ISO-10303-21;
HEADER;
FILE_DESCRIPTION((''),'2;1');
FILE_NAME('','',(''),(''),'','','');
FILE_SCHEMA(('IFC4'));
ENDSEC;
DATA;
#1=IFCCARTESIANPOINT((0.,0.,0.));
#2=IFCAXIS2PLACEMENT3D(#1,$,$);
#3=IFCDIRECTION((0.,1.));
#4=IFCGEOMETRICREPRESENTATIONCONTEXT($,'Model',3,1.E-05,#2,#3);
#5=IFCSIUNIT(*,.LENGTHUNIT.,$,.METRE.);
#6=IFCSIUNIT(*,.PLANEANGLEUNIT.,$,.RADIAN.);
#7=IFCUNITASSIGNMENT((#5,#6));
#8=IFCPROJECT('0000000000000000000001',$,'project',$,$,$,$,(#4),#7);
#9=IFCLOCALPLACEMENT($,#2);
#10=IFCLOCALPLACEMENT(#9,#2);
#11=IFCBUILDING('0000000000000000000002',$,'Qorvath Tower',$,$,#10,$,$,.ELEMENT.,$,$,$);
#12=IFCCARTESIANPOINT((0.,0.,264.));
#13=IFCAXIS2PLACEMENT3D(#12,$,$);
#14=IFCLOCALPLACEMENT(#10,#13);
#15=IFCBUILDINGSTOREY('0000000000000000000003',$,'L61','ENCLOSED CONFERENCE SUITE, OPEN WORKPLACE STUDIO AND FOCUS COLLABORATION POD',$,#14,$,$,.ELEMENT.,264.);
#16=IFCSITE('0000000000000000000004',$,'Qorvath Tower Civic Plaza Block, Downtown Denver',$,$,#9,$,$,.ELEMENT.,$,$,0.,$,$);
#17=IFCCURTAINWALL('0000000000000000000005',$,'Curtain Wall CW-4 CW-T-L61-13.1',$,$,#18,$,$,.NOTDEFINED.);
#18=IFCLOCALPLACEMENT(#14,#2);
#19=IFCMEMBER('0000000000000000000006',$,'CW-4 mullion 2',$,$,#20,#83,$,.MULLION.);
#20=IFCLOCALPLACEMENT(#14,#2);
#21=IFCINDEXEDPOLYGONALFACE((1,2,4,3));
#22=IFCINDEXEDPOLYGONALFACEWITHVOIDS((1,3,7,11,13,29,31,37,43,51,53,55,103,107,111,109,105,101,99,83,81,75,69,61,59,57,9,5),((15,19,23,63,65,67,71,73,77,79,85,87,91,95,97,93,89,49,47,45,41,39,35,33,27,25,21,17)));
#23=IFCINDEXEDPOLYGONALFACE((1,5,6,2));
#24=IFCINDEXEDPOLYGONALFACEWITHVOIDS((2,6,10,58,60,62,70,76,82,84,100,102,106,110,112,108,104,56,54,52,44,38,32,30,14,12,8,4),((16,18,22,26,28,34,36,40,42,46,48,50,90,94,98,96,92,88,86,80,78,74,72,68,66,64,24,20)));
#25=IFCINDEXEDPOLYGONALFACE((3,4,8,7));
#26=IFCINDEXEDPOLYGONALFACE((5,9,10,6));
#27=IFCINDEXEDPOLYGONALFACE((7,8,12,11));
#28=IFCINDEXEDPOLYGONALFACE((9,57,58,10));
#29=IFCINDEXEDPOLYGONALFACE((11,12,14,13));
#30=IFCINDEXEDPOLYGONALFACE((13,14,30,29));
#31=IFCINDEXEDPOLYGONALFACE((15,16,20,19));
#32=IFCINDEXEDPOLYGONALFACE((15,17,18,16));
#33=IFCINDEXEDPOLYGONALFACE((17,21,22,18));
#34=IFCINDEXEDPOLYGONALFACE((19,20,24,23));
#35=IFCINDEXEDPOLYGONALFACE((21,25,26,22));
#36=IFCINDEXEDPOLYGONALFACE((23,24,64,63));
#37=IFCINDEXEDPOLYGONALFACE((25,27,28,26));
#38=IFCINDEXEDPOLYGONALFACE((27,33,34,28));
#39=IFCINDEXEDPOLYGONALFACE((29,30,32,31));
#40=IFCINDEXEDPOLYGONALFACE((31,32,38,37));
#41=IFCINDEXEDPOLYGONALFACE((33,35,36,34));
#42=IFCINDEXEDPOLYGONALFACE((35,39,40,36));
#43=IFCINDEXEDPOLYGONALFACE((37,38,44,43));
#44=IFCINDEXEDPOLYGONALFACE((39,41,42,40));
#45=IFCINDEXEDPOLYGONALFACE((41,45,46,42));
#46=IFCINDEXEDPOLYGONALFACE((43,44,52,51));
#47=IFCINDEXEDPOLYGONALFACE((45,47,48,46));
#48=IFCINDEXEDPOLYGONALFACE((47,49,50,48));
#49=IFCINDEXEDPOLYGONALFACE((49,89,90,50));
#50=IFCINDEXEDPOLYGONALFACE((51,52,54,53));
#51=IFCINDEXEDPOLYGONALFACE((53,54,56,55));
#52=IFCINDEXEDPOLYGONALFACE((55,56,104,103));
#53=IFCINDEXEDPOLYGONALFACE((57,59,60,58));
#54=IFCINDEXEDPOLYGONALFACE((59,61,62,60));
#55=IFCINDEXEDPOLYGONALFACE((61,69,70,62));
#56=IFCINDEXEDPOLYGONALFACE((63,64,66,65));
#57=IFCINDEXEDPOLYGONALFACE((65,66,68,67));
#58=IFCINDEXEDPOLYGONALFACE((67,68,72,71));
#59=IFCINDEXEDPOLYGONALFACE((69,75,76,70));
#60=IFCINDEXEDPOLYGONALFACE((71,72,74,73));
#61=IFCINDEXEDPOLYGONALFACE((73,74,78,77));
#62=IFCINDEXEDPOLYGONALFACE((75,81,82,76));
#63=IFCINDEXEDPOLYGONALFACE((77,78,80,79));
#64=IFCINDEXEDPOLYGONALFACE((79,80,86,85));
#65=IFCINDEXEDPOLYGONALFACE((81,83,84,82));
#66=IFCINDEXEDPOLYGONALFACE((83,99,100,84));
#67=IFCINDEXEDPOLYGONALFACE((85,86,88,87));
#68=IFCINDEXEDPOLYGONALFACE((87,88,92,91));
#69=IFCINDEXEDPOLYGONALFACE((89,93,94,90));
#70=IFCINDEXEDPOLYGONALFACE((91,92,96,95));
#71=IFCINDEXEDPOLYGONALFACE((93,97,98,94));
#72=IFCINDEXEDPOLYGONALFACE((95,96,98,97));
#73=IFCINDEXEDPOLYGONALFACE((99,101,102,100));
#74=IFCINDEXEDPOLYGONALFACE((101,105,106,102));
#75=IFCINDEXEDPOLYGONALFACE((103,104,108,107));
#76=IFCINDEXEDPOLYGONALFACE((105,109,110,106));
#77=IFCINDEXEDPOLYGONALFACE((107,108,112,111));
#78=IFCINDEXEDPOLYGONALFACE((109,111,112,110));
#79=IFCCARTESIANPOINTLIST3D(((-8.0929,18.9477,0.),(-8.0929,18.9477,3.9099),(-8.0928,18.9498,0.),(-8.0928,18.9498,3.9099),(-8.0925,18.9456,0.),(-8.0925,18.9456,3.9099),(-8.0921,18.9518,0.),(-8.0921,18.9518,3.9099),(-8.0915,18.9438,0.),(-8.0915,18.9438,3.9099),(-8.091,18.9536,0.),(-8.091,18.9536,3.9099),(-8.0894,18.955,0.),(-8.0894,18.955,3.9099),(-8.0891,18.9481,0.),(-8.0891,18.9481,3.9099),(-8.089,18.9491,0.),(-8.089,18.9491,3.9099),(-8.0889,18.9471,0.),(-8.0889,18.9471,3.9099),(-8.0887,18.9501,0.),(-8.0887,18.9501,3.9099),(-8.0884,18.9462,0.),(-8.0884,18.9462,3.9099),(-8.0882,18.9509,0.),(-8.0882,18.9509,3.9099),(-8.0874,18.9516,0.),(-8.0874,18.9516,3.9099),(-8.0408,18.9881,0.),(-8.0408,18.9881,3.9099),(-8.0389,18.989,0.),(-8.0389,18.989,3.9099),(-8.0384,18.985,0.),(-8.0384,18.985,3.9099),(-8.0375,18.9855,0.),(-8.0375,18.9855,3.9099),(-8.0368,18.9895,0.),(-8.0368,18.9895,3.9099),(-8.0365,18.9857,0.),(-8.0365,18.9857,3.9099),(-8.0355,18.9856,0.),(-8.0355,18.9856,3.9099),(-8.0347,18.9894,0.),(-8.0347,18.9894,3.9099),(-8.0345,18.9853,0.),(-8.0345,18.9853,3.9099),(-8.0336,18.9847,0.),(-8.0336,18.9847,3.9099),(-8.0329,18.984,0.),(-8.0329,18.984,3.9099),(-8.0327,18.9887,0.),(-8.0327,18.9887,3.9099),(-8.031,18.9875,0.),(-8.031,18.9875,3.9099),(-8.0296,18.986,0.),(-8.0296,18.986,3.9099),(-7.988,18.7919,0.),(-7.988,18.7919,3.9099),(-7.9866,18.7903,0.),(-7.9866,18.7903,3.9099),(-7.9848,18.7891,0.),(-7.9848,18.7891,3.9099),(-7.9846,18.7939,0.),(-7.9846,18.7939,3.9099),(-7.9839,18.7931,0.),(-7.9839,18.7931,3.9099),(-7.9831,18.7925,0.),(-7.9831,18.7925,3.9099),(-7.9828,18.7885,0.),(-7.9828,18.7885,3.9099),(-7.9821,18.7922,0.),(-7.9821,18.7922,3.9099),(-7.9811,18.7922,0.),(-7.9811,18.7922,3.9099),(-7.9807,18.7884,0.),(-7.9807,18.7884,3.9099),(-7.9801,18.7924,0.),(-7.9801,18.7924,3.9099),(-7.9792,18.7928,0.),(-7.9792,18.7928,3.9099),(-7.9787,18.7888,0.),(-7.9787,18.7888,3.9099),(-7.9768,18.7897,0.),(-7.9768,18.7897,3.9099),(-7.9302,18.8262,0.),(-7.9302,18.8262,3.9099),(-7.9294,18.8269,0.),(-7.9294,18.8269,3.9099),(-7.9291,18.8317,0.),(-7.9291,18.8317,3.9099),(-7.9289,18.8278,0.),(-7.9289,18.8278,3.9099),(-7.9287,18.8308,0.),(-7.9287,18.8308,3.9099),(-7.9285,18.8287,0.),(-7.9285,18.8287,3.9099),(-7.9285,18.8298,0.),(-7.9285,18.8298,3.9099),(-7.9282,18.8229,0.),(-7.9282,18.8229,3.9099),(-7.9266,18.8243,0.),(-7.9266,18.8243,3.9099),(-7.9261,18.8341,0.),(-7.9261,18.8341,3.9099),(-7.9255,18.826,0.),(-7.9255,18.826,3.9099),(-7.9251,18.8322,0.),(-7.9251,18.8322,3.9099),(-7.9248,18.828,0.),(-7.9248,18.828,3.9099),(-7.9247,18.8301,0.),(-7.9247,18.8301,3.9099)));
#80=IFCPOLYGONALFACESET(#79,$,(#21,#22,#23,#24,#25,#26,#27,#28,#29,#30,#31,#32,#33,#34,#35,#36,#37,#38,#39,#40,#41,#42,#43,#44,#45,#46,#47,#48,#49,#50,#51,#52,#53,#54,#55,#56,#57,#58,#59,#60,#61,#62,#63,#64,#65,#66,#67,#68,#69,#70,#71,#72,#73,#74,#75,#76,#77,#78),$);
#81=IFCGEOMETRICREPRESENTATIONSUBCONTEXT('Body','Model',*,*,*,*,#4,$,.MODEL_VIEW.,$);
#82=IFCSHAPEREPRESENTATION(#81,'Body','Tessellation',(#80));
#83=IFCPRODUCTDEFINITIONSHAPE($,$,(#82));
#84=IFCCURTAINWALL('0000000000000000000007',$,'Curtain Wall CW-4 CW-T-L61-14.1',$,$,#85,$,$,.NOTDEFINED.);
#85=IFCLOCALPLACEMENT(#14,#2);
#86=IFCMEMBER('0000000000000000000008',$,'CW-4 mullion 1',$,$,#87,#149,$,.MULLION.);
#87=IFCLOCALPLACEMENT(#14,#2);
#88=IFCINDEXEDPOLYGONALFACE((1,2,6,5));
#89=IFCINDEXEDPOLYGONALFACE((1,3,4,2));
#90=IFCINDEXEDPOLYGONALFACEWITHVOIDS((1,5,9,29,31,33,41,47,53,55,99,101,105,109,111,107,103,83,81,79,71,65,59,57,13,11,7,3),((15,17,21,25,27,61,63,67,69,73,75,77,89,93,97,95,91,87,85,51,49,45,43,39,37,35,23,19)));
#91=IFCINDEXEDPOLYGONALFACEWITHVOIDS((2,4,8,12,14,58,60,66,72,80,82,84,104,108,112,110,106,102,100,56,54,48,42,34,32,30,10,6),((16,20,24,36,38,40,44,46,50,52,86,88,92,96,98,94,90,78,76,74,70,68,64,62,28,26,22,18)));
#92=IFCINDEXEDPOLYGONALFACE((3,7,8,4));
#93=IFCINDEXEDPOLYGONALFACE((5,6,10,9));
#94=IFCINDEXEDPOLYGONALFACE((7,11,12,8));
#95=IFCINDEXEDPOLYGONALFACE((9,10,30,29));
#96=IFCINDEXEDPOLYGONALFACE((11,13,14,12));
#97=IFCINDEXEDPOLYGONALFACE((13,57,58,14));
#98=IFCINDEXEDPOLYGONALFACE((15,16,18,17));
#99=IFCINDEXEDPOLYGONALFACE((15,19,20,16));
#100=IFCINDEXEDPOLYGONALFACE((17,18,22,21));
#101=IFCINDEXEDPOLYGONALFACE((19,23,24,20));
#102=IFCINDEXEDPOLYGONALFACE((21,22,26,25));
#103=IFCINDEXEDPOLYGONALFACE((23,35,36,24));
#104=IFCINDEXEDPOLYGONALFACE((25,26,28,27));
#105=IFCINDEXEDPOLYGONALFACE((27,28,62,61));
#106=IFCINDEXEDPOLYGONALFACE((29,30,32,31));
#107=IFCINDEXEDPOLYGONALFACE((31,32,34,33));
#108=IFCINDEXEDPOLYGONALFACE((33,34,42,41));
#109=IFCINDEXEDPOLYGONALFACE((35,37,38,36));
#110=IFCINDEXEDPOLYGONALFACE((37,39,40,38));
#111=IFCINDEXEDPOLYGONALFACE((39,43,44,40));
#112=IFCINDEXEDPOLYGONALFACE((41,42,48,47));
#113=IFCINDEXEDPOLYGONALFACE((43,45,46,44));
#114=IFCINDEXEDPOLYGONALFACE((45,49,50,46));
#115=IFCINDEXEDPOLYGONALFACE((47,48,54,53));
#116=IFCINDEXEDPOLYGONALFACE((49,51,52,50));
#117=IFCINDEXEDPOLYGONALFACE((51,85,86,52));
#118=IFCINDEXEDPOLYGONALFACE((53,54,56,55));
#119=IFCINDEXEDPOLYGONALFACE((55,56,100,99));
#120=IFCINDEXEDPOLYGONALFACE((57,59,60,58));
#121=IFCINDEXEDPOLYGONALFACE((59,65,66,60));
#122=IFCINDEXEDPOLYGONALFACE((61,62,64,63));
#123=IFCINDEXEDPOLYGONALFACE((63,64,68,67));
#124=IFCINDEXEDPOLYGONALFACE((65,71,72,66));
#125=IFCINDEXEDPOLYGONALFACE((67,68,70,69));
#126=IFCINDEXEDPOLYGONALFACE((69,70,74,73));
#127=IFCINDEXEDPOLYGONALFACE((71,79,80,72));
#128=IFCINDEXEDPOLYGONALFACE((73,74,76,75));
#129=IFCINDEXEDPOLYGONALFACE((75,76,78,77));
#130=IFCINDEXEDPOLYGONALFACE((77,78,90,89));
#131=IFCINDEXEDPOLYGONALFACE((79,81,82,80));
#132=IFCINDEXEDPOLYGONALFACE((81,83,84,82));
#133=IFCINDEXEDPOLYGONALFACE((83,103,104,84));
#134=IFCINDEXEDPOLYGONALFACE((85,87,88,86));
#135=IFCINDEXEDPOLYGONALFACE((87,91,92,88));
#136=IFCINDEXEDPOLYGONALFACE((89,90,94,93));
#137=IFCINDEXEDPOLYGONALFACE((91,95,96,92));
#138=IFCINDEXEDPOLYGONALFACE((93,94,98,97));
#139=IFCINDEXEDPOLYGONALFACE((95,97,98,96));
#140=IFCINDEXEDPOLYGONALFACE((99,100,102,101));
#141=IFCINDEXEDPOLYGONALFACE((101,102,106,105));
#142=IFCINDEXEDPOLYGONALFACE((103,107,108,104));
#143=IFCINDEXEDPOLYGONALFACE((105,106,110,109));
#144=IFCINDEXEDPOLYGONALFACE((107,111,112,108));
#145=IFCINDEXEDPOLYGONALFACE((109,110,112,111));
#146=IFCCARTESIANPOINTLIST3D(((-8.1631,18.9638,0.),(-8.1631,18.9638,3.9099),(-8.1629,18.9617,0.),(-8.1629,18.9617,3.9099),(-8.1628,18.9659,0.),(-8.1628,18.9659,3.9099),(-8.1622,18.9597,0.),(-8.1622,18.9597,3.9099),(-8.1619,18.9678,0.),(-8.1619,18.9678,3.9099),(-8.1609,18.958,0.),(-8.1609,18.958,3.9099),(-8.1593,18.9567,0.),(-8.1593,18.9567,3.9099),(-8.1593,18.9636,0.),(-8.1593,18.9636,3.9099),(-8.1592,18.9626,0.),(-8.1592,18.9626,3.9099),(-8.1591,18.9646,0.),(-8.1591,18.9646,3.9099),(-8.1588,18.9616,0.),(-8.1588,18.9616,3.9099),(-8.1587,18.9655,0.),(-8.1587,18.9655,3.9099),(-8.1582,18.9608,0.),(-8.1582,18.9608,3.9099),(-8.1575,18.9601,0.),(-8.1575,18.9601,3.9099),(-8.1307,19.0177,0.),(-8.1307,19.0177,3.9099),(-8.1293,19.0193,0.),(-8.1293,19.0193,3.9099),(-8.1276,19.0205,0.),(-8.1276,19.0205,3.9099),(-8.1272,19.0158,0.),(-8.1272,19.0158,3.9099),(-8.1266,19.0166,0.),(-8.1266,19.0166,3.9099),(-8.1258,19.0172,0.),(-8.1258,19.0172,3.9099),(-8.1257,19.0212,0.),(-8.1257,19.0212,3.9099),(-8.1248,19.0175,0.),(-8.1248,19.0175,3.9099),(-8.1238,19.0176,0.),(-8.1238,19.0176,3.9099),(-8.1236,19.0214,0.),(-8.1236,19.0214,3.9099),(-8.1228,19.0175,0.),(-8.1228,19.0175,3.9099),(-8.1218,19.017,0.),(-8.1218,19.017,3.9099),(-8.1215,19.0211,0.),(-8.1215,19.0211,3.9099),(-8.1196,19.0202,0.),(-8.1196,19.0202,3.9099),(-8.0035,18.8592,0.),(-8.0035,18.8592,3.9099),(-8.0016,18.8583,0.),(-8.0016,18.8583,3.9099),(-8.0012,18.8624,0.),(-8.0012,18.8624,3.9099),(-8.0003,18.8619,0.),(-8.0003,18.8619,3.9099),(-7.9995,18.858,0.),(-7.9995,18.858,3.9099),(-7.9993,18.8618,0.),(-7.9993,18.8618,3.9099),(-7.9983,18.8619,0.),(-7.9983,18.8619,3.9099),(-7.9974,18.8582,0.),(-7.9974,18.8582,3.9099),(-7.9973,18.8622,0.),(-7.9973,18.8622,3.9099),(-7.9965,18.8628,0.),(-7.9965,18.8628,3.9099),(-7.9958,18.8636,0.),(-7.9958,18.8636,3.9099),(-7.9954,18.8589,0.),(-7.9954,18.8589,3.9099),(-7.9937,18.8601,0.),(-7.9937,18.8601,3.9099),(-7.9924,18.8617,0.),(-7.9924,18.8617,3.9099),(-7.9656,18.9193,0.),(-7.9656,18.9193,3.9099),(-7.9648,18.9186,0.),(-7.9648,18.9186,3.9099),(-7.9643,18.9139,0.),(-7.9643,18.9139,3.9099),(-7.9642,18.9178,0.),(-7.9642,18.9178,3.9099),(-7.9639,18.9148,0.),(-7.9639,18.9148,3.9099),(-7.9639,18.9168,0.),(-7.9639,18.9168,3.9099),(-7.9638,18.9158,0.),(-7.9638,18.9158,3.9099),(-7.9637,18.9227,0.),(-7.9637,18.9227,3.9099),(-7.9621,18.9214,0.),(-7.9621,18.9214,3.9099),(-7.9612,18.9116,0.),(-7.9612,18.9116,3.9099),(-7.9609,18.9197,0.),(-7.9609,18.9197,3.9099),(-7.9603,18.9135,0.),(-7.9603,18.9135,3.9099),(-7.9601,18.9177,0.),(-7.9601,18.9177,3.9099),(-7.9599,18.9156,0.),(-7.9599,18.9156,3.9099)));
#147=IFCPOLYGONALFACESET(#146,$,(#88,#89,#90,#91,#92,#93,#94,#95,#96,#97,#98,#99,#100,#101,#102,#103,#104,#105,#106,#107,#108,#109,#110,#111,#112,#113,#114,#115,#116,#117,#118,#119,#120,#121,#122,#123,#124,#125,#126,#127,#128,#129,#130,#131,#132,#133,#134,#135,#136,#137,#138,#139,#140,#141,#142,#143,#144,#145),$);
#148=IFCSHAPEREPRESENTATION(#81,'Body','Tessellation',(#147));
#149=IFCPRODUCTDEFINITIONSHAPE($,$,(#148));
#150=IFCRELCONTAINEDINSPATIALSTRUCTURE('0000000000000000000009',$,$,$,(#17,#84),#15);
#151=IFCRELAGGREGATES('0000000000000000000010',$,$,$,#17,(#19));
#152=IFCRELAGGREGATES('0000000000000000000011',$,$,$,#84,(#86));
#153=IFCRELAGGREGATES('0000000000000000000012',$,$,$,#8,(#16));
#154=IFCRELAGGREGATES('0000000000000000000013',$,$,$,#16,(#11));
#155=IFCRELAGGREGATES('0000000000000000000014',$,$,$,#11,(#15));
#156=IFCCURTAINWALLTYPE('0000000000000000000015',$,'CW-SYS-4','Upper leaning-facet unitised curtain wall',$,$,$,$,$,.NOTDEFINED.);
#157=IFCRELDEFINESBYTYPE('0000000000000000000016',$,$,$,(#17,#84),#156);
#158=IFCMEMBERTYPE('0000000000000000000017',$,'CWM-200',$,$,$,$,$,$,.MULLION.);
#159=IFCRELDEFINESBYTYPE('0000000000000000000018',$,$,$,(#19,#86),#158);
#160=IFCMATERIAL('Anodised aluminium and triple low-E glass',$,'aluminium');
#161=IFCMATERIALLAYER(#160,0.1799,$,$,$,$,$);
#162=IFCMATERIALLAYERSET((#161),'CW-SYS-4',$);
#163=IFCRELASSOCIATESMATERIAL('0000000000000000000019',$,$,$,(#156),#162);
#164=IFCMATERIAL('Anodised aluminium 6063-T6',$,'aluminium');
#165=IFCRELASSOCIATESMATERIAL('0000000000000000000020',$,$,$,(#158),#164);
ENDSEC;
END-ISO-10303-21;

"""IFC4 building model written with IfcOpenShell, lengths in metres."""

from ifc_helpers import new_model, si_unit, direction, frame, origin, origin_2d, place, context, subcontext, project, spatial, hollow_rectangle, extrude, material, layer, layer_set, material_profile, profile_set, type_object, element, aggregate, save


model = new_model("IFC4")

# Units and contexts
model_context = context("Model", 3, precision=1e-05, world=origin(), true_north=direction((0.0, 1.0)))
body_context = subcontext(model_context, "Body", "Model", "MODEL_VIEW")
ifc_project = project(units=[si_unit("LENGTHUNIT", "METRE"), si_unit("PLANEANGLEUNIT", "RADIAN")], contexts=[model_context])

# Site, building, storey
site_placement = place(None, origin())
site = spatial("IfcSite", under=ifc_project, at=site_placement, Name="Qorvath Tower Civic Plaza Block, Downtown Denver", CompositionType="ELEMENT", RefElevation=0.0)
building_placement = place(site_placement, origin())
building = spatial("IfcBuilding", under=site, at=building_placement, Name="Qorvath Tower", CompositionType="ELEMENT")
storey_placement = place(building_placement, frame((0.0, 0.0, 264.0)))
storey = spatial("IfcBuildingStorey", under=building, at=storey_placement, Name="L61", Description="ENCLOSED CONFERENCE SUITE, OPEN WORKPLACE STUDIO AND FOCUS COLLABORATION POD", CompositionType="ELEMENT", Elevation=264.0)

# Shared definitions
ifc_material_1 = material(Name="Anodised aluminium and triple low-E glass", Category="aluminium")
ifc_layer_1 = layer(ifc_material_1, 0.1799)
ifc_layer_set_1 = layer_set([ifc_layer_1], Name="CW-SYS-4")
curtain_wall_type = type_object("IfcCurtainWallType", Name="CW-SYS-4", Description="Upper leaning-facet unitised curtain wall", PredefinedType="NOTDEFINED", material=ifc_layer_set_1)
ifc_material_2 = material(Name="Anodised aluminium 6063-T6", Category="aluminium")
ifc_material_profile_1 = material_profile(ifc_material_2, hollow_rectangle(XDim=0.075, YDim=0.2, WallThickness=0.0039, InnerFilletRadius=0.0039, OuterFilletRadius=0.0081, at=origin_2d()), Name="CWM 200x75")
ifc_profile_set_1 = profile_set([ifc_material_profile_1], Name="Anodised aluminium 6063-T6")
member_type_1 = type_object("IfcMemberType", Name="CWM-200", PredefinedType="MULLION", material=ifc_profile_set_1)

# Curtain walls, members
curtain_wall_1_placement = place(storey_placement, origin())
curtain_wall_1 = element("IfcCurtainWall", 1, at=curtain_wall_1_placement, inside=storey, type_object=curtain_wall_type, Name="Curtain Wall CW-4 CW-T-L61-13.1", PredefinedType="NOTDEFINED")
member_1_placement = place(storey_placement, frame((-8.0088, 18.8889, 0.0), z_axis=(0.0, 0.0, 1.0), x_axis=(-0.826358, -0.563145, 0.0)))
member_1 = element("IfcMember", 2, at=member_1_placement, type_object=member_type_1, Name="CW-4 mullion 2", PredefinedType="MULLION", context=body_context, shape_type="SweptSolid", body=[
    extrude(hollow_rectangle(XDim=0.075, YDim=0.2, WallThickness=0.0039, InnerFilletRadius=0.0039, OuterFilletRadius=0.0081, at=origin_2d()), origin(), (0.0, 0.0, 1.0), 3.9099),
])
curtain_wall_2_placement = place(storey_placement, origin())
curtain_wall_2 = element("IfcCurtainWall", 3, at=curtain_wall_2_placement, inside=storey, type_object=curtain_wall_type, Name="Curtain Wall CW-4 CW-T-L61-14.1", PredefinedType="NOTDEFINED")
member_2_placement = place(storey_placement, frame((-8.0615, 18.9397, 0.0), z_axis=(0.0, 0.0, 1.0), x_axis=(-0.530412, -0.84774, 0.0)))
member_2 = element("IfcMember", 4, at=member_2_placement, type_object=member_type_1, Name="CW-4 mullion 1", PredefinedType="MULLION", context=body_context, shape_type="SweptSolid", body=[
    extrude(hollow_rectangle(XDim=0.075, YDim=0.2, WallThickness=0.0039, InnerFilletRadius=0.0039, OuterFilletRadius=0.0081, at=origin_2d()), origin(), (0.0, 0.0, 1.0), 3.9099),
])

aggregate(curtain_wall_1, [member_1])
aggregate(curtain_wall_2, [member_2])

save(model, "model.ifc")
